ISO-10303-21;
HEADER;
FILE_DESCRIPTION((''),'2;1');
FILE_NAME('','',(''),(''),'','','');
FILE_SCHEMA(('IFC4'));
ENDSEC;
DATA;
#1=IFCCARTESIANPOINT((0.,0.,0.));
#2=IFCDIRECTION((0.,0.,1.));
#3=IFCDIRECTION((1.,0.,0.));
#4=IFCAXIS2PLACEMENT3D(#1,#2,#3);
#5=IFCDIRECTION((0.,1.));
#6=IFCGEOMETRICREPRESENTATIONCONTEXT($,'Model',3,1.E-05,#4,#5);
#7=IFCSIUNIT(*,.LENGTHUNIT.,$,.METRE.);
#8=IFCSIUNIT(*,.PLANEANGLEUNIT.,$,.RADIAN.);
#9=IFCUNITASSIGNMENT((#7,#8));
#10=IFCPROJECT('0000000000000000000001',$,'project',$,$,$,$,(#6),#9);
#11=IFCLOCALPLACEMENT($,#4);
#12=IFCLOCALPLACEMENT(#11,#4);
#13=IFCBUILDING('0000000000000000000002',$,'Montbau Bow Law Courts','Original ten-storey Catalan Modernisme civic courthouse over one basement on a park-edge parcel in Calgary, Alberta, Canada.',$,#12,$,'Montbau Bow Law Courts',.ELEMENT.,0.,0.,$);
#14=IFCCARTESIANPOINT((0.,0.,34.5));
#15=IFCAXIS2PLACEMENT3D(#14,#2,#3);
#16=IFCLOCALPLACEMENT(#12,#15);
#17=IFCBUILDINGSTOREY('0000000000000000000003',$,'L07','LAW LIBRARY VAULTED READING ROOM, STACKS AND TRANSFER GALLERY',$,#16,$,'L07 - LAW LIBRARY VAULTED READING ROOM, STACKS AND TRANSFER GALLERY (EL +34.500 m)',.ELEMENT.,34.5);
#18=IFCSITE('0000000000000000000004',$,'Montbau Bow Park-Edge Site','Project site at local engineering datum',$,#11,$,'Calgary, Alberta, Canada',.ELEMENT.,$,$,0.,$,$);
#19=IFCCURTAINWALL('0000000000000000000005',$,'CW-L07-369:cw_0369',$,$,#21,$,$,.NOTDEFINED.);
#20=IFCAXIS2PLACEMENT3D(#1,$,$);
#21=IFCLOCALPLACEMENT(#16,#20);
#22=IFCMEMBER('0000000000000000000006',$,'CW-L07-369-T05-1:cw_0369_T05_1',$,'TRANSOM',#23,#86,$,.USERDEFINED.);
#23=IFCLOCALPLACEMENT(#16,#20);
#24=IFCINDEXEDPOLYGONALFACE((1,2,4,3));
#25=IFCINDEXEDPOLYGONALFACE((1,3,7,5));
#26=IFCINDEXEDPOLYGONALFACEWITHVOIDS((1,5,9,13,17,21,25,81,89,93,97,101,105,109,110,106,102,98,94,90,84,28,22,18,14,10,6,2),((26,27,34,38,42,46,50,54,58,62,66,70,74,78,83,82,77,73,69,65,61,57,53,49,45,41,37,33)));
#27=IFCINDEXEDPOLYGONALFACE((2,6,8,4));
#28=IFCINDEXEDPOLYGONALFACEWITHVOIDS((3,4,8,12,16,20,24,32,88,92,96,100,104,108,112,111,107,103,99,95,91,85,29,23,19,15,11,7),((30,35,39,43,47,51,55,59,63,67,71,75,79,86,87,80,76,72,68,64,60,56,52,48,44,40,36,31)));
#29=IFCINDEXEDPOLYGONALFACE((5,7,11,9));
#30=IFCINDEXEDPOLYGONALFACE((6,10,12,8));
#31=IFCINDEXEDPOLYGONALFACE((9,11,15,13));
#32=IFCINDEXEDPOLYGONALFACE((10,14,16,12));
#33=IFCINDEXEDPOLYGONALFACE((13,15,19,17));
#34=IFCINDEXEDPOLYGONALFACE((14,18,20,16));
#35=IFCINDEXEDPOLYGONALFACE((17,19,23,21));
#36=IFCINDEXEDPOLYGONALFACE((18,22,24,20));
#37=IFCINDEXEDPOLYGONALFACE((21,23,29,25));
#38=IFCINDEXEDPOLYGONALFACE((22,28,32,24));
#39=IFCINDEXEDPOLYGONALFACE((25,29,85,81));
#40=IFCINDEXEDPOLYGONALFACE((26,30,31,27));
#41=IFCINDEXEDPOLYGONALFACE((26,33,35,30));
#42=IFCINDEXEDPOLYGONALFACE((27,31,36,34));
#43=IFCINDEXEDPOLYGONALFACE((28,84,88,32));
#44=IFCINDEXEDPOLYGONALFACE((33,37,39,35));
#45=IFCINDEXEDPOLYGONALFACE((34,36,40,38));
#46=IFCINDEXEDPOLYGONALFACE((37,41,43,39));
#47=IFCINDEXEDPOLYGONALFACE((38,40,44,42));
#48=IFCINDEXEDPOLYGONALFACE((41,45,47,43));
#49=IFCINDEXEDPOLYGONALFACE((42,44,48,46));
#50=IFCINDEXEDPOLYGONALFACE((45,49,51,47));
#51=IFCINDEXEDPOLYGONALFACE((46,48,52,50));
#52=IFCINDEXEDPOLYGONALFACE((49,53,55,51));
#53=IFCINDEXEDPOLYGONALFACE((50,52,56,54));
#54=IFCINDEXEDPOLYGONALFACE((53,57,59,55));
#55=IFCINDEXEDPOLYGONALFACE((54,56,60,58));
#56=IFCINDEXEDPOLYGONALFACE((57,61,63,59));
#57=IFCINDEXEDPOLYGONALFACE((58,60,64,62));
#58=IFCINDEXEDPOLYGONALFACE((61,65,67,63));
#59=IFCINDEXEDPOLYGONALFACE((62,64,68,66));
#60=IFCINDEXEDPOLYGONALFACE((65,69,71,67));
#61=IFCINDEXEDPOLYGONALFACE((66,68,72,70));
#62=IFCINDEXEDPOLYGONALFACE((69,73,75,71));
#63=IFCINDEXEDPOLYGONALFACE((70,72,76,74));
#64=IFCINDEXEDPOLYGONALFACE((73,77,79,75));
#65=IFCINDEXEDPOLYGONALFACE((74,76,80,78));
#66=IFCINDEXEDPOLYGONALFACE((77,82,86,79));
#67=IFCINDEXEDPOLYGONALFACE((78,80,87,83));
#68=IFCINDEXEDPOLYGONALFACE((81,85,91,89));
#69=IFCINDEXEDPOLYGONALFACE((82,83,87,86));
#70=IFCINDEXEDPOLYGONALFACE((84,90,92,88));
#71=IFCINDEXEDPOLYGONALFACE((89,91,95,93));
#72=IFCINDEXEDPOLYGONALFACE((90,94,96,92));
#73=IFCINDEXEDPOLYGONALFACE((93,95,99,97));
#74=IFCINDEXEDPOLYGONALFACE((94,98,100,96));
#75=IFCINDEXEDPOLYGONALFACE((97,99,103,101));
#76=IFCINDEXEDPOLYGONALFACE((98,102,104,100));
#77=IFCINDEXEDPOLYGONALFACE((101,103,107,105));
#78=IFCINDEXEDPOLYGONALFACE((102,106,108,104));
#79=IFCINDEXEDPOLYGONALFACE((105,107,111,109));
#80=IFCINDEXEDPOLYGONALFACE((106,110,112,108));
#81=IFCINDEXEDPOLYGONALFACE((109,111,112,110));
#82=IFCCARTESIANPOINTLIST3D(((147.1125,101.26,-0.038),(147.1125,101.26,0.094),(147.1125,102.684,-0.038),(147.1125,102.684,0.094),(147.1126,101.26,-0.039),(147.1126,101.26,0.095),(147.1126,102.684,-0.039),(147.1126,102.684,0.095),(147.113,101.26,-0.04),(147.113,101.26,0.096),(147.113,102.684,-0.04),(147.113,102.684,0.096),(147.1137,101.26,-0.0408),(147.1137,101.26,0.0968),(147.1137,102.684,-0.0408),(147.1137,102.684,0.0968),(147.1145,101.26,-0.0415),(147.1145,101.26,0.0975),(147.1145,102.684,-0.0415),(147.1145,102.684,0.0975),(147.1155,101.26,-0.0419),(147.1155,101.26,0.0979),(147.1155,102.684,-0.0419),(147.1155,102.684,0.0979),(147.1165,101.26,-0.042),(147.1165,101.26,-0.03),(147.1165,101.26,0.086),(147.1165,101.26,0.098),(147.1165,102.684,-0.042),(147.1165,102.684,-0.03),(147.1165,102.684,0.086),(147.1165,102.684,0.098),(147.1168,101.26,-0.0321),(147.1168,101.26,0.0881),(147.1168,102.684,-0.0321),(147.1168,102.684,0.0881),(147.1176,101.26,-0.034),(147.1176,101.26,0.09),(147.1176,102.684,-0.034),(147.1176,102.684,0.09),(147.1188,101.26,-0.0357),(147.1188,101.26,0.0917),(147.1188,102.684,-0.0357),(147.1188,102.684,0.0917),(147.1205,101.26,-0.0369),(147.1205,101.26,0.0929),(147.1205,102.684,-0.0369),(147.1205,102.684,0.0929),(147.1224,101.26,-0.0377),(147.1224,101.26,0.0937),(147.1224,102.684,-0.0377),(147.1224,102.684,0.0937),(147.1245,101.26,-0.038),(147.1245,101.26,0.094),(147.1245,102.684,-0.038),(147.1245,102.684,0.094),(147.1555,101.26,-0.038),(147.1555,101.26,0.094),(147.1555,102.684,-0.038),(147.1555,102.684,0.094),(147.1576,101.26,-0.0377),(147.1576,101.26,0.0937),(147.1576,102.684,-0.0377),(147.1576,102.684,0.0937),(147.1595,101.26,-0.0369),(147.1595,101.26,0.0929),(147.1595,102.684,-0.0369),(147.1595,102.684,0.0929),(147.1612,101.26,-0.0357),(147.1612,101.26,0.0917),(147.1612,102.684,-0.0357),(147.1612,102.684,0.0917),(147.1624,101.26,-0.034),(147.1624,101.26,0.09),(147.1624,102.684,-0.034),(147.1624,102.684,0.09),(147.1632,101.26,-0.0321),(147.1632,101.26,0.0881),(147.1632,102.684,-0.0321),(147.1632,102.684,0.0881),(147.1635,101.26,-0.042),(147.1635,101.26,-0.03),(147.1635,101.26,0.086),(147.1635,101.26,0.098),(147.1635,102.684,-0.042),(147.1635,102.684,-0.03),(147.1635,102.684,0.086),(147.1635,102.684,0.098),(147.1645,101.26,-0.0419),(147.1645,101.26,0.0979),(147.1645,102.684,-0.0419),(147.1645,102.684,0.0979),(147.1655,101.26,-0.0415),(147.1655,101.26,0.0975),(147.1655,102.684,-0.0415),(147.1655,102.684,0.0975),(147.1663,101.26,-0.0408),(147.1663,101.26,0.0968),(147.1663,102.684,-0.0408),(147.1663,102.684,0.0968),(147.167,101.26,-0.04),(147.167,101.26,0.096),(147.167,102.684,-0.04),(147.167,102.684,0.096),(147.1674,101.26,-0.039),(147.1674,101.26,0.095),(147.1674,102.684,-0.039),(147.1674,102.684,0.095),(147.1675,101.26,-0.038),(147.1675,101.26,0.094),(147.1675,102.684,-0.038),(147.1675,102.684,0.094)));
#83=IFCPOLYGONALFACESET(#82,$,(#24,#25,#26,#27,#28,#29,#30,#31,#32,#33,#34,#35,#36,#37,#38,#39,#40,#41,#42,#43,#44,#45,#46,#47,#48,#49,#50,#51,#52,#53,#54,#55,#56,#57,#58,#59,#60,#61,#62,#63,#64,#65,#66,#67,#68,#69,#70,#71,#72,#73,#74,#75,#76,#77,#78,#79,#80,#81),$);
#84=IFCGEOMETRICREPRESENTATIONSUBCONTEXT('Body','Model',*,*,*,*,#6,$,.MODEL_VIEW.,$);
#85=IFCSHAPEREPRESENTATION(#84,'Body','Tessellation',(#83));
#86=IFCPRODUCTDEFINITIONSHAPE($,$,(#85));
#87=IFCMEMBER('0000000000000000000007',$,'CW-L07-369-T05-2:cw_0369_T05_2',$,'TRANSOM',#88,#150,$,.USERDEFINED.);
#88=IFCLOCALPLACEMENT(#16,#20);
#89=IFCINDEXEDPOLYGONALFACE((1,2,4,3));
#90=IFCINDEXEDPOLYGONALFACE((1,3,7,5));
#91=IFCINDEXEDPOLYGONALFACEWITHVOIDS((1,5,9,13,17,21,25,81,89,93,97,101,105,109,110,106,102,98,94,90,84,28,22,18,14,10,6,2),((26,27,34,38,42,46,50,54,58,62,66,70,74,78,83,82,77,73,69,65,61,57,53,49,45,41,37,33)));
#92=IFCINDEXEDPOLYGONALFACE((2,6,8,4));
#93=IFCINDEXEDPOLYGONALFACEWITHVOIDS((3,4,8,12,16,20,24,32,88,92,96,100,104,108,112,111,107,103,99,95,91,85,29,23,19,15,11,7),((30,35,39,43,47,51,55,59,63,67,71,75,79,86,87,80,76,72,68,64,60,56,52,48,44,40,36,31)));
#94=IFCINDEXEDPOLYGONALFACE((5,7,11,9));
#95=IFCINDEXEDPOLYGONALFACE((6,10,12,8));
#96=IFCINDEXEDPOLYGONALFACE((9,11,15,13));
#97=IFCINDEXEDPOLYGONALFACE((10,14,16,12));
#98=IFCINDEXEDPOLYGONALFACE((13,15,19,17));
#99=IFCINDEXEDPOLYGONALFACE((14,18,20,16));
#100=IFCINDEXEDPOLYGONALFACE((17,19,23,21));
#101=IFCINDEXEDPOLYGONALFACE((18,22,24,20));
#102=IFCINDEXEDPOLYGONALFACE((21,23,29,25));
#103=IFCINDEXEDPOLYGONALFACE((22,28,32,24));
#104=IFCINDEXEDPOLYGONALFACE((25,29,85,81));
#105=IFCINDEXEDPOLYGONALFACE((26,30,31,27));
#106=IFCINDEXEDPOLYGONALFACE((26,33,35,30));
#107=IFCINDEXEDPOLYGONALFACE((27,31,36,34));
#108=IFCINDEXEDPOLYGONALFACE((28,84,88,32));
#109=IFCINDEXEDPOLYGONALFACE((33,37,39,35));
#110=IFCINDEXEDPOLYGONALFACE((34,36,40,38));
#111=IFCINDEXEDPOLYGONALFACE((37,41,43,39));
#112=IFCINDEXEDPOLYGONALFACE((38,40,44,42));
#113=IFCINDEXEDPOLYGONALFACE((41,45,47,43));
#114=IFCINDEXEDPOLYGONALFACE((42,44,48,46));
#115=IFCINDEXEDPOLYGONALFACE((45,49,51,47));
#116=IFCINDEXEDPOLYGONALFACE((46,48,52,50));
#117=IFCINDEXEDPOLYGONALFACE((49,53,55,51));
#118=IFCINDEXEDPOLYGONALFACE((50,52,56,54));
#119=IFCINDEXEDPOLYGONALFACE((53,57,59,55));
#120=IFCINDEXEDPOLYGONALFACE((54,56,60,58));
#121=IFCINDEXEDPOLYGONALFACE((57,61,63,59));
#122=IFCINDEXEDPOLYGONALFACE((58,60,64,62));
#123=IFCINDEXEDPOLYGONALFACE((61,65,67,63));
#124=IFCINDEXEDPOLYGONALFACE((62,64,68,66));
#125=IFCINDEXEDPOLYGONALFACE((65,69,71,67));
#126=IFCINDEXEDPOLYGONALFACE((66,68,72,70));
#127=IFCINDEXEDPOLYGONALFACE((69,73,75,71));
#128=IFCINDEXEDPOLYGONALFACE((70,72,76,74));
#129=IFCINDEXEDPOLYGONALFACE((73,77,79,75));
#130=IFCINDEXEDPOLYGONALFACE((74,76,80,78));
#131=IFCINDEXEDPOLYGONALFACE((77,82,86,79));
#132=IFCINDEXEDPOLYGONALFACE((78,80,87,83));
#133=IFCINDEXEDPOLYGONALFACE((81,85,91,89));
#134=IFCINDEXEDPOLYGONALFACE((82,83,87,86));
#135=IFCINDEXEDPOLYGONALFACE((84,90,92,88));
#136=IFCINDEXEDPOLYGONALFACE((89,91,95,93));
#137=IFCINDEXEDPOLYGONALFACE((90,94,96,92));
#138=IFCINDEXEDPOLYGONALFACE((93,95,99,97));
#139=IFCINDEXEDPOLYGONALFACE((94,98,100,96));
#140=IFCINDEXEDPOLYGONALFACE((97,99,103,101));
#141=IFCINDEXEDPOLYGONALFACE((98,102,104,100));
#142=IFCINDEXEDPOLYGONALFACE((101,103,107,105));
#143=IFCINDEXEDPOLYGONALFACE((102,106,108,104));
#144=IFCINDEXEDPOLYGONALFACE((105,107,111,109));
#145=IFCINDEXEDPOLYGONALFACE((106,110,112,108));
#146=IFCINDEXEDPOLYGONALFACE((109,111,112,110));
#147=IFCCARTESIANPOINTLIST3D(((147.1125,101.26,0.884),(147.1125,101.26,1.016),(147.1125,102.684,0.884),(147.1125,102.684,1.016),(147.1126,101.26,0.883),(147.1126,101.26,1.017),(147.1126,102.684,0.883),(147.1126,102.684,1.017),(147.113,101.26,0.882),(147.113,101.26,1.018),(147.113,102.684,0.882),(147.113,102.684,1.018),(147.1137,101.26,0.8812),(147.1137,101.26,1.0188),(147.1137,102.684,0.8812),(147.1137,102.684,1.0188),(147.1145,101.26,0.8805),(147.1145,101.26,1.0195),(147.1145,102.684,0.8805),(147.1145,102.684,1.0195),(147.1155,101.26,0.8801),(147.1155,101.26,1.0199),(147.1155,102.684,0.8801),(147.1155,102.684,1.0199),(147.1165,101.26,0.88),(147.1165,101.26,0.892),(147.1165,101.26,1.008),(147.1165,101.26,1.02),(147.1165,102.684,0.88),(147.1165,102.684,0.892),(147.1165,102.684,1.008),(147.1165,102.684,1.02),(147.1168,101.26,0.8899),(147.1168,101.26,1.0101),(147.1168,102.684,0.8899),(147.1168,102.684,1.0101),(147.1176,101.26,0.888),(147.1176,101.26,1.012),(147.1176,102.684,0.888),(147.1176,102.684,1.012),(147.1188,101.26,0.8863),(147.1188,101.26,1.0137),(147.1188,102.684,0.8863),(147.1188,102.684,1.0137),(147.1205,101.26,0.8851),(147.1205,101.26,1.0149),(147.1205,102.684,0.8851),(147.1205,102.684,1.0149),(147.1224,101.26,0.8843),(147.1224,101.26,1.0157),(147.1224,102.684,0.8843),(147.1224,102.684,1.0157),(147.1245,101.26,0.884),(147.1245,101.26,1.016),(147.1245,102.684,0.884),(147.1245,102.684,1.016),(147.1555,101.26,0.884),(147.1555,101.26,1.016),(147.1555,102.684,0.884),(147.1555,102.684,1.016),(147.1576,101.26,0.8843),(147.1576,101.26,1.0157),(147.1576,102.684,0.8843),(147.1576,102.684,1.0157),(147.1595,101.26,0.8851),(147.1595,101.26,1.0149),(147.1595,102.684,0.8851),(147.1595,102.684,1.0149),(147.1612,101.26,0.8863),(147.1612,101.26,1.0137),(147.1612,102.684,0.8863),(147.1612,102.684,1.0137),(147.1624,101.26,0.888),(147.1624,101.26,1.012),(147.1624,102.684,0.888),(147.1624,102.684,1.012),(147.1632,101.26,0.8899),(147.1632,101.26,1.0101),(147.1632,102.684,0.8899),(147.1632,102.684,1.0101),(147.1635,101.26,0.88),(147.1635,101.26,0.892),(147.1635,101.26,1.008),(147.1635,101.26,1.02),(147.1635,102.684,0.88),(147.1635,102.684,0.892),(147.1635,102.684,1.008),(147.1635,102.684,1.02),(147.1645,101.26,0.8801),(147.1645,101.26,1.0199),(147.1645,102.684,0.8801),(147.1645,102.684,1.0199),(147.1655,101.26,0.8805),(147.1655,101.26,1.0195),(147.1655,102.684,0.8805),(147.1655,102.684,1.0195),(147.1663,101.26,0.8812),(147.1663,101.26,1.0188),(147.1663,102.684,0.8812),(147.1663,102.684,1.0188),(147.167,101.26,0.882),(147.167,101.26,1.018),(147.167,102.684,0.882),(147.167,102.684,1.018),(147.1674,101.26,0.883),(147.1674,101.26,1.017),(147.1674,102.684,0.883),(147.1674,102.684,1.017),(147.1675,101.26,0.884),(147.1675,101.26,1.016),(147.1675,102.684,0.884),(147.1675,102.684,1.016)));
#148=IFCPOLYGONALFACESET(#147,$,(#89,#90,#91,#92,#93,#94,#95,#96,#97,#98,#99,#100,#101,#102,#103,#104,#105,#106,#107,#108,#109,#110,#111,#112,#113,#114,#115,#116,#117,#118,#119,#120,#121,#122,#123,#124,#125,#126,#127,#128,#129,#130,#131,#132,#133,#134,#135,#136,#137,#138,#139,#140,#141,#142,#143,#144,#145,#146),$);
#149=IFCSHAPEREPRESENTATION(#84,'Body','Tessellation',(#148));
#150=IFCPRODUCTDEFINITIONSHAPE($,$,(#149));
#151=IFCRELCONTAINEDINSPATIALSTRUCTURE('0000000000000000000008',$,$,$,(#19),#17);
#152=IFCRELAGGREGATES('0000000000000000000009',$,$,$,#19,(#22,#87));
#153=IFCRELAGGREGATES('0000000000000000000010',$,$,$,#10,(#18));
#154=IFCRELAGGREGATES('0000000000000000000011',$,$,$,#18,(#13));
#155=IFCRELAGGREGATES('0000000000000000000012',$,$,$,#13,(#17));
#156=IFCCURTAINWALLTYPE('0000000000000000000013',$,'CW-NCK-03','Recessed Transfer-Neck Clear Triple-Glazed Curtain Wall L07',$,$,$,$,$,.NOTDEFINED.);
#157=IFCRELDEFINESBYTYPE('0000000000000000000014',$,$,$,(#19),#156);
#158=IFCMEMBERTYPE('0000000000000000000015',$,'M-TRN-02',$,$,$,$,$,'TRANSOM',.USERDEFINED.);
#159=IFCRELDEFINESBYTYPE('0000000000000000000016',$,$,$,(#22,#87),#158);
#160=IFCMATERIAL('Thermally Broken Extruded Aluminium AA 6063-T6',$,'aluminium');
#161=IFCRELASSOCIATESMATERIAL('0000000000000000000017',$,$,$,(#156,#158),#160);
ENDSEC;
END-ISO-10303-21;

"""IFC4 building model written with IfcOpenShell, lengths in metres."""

from ifc_helpers import new_model, si_unit, direction, frame, origin_with_axes, origin_2d_with_axis, place, context, subcontext, project, spatial, hollow_rectangle, extrude, material, material_profile, profile_set, type_object, element, aggregate, save


model = new_model("IFC4")

# Units and contexts
model_context = context("Model", 3, precision=1e-05, world=origin_with_axes(), true_north=direction((0.0, 1.0)))
body_context = subcontext(model_context, "Body", "Model", "MODEL_VIEW")
ifc_project = project(units=[si_unit("LENGTHUNIT", "METRE"), si_unit("PLANEANGLEUNIT", "RADIAN")], contexts=[model_context])

# Site, building, storey
site_placement = place(None, origin_with_axes())
site = spatial("IfcSite", under=ifc_project, at=site_placement, Name="Montbau Bow Park-Edge Site", Description="Project site at local engineering datum", LongName="Calgary, Alberta, Canada", CompositionType="ELEMENT", RefElevation=0.0)
building_placement = place(site_placement, origin_with_axes())
building = spatial("IfcBuilding", under=site, at=building_placement, Name="Montbau Bow Law Courts", Description="Original ten-storey Catalan Modernisme civic courthouse over one basement on a park-edge parcel in Calgary, Alberta, Canada.", LongName="Montbau Bow Law Courts", CompositionType="ELEMENT", ElevationOfRefHeight=0.0, ElevationOfTerrain=0.0)
storey_placement = place(building_placement, frame((0.0, 0.0, 34.5), z_axis=(0.0, 0.0, 1.0), x_axis=(1.0, 0.0, 0.0)))
storey = spatial("IfcBuildingStorey", under=building, at=storey_placement, Name="L07", Description="LAW LIBRARY VAULTED READING ROOM, STACKS AND TRANSFER GALLERY", LongName="L07 - LAW LIBRARY VAULTED READING ROOM, STACKS AND TRANSFER GALLERY (EL +34.500 m)", CompositionType="ELEMENT", Elevation=34.5)

# Curtain wall
ifc_material_1 = material(Name="Thermally Broken Extruded Aluminium AA 6063-T6", Category="aluminium")
curtain_wall_type = type_object("IfcCurtainWallType", Name="CW-NCK-03", Description="Recessed Transfer-Neck Clear Triple-Glazed Curtain Wall L07", PredefinedType="NOTDEFINED", material=ifc_material_1)
curtain_wall_1_placement = place(None, frame((147.14, 95.067, 34.5), z_axis=(0.0, 0.0, 1.0), x_axis=(1.0, 0.0, 0.0)))
curtain_wall_1 = element("IfcCurtainWall", 1, at=curtain_wall_1_placement, inside=storey, type_object=curtain_wall_type, Name="CW-L07-369:cw_0369", PredefinedType="NOTDEFINED")

# Shared definitions
ifc_material_profile_1 = material_profile(ifc_material_1, hollow_rectangle(XDim=0.055, YDim=0.14, WallThickness=0.004, InnerFilletRadius=0.008, OuterFilletRadius=0.004, at=origin_2d_with_axis()), Name="CWT-140X55", Category="Main", Priority=0)
ifc_profile_set_1 = profile_set([ifc_material_profile_1], Name="Thermally Broken Extruded Aluminium AA 6063-T6")
member_type_1 = type_object("IfcMemberType", Name="M-TRN-02", ElementType="TRANSOM", PredefinedType="USERDEFINED", material=ifc_profile_set_1)

# Members
member_1_placement = place(None, frame((147.14, 101.26, 34.528), z_axis=(0.0, 1.0, 0.0), x_axis=(-1.0, 0.0, 0.0)))
member_1 = element("IfcMember", 2, at=member_1_placement, type_object=member_type_1, Name="CW-L07-369-T05-1:cw_0369_T05_1", ObjectType="TRANSOM", PredefinedType="USERDEFINED", context=body_context, shape_type="SweptSolid", body=[
    extrude(hollow_rectangle(XDim=0.055, YDim=0.14, WallThickness=0.004, InnerFilletRadius=0.008, OuterFilletRadius=0.004, at=origin_2d_with_axis()), origin_with_axes(), (0.0, 0.0, 1.0), 1.424),
])
member_2_placement = place(None, frame((147.14, 101.26, 35.45), z_axis=(0.0, 1.0, 0.0), x_axis=(-1.0, 0.0, 0.0)))
member_2 = element("IfcMember", 3, at=member_2_placement, type_object=member_type_1, Name="CW-L07-369-T05-2:cw_0369_T05_2", ObjectType="TRANSOM", PredefinedType="USERDEFINED", context=body_context, shape_type="SweptSolid", body=[
    extrude(hollow_rectangle(XDim=0.055, YDim=0.14, WallThickness=0.004, InnerFilletRadius=0.008, OuterFilletRadius=0.004, at=origin_2d_with_axis()), origin_with_axes(), (0.0, 0.0, 1.0), 1.424),
])
aggregate(curtain_wall_1, [member_1, member_2])

save(model, "model.ifc")
